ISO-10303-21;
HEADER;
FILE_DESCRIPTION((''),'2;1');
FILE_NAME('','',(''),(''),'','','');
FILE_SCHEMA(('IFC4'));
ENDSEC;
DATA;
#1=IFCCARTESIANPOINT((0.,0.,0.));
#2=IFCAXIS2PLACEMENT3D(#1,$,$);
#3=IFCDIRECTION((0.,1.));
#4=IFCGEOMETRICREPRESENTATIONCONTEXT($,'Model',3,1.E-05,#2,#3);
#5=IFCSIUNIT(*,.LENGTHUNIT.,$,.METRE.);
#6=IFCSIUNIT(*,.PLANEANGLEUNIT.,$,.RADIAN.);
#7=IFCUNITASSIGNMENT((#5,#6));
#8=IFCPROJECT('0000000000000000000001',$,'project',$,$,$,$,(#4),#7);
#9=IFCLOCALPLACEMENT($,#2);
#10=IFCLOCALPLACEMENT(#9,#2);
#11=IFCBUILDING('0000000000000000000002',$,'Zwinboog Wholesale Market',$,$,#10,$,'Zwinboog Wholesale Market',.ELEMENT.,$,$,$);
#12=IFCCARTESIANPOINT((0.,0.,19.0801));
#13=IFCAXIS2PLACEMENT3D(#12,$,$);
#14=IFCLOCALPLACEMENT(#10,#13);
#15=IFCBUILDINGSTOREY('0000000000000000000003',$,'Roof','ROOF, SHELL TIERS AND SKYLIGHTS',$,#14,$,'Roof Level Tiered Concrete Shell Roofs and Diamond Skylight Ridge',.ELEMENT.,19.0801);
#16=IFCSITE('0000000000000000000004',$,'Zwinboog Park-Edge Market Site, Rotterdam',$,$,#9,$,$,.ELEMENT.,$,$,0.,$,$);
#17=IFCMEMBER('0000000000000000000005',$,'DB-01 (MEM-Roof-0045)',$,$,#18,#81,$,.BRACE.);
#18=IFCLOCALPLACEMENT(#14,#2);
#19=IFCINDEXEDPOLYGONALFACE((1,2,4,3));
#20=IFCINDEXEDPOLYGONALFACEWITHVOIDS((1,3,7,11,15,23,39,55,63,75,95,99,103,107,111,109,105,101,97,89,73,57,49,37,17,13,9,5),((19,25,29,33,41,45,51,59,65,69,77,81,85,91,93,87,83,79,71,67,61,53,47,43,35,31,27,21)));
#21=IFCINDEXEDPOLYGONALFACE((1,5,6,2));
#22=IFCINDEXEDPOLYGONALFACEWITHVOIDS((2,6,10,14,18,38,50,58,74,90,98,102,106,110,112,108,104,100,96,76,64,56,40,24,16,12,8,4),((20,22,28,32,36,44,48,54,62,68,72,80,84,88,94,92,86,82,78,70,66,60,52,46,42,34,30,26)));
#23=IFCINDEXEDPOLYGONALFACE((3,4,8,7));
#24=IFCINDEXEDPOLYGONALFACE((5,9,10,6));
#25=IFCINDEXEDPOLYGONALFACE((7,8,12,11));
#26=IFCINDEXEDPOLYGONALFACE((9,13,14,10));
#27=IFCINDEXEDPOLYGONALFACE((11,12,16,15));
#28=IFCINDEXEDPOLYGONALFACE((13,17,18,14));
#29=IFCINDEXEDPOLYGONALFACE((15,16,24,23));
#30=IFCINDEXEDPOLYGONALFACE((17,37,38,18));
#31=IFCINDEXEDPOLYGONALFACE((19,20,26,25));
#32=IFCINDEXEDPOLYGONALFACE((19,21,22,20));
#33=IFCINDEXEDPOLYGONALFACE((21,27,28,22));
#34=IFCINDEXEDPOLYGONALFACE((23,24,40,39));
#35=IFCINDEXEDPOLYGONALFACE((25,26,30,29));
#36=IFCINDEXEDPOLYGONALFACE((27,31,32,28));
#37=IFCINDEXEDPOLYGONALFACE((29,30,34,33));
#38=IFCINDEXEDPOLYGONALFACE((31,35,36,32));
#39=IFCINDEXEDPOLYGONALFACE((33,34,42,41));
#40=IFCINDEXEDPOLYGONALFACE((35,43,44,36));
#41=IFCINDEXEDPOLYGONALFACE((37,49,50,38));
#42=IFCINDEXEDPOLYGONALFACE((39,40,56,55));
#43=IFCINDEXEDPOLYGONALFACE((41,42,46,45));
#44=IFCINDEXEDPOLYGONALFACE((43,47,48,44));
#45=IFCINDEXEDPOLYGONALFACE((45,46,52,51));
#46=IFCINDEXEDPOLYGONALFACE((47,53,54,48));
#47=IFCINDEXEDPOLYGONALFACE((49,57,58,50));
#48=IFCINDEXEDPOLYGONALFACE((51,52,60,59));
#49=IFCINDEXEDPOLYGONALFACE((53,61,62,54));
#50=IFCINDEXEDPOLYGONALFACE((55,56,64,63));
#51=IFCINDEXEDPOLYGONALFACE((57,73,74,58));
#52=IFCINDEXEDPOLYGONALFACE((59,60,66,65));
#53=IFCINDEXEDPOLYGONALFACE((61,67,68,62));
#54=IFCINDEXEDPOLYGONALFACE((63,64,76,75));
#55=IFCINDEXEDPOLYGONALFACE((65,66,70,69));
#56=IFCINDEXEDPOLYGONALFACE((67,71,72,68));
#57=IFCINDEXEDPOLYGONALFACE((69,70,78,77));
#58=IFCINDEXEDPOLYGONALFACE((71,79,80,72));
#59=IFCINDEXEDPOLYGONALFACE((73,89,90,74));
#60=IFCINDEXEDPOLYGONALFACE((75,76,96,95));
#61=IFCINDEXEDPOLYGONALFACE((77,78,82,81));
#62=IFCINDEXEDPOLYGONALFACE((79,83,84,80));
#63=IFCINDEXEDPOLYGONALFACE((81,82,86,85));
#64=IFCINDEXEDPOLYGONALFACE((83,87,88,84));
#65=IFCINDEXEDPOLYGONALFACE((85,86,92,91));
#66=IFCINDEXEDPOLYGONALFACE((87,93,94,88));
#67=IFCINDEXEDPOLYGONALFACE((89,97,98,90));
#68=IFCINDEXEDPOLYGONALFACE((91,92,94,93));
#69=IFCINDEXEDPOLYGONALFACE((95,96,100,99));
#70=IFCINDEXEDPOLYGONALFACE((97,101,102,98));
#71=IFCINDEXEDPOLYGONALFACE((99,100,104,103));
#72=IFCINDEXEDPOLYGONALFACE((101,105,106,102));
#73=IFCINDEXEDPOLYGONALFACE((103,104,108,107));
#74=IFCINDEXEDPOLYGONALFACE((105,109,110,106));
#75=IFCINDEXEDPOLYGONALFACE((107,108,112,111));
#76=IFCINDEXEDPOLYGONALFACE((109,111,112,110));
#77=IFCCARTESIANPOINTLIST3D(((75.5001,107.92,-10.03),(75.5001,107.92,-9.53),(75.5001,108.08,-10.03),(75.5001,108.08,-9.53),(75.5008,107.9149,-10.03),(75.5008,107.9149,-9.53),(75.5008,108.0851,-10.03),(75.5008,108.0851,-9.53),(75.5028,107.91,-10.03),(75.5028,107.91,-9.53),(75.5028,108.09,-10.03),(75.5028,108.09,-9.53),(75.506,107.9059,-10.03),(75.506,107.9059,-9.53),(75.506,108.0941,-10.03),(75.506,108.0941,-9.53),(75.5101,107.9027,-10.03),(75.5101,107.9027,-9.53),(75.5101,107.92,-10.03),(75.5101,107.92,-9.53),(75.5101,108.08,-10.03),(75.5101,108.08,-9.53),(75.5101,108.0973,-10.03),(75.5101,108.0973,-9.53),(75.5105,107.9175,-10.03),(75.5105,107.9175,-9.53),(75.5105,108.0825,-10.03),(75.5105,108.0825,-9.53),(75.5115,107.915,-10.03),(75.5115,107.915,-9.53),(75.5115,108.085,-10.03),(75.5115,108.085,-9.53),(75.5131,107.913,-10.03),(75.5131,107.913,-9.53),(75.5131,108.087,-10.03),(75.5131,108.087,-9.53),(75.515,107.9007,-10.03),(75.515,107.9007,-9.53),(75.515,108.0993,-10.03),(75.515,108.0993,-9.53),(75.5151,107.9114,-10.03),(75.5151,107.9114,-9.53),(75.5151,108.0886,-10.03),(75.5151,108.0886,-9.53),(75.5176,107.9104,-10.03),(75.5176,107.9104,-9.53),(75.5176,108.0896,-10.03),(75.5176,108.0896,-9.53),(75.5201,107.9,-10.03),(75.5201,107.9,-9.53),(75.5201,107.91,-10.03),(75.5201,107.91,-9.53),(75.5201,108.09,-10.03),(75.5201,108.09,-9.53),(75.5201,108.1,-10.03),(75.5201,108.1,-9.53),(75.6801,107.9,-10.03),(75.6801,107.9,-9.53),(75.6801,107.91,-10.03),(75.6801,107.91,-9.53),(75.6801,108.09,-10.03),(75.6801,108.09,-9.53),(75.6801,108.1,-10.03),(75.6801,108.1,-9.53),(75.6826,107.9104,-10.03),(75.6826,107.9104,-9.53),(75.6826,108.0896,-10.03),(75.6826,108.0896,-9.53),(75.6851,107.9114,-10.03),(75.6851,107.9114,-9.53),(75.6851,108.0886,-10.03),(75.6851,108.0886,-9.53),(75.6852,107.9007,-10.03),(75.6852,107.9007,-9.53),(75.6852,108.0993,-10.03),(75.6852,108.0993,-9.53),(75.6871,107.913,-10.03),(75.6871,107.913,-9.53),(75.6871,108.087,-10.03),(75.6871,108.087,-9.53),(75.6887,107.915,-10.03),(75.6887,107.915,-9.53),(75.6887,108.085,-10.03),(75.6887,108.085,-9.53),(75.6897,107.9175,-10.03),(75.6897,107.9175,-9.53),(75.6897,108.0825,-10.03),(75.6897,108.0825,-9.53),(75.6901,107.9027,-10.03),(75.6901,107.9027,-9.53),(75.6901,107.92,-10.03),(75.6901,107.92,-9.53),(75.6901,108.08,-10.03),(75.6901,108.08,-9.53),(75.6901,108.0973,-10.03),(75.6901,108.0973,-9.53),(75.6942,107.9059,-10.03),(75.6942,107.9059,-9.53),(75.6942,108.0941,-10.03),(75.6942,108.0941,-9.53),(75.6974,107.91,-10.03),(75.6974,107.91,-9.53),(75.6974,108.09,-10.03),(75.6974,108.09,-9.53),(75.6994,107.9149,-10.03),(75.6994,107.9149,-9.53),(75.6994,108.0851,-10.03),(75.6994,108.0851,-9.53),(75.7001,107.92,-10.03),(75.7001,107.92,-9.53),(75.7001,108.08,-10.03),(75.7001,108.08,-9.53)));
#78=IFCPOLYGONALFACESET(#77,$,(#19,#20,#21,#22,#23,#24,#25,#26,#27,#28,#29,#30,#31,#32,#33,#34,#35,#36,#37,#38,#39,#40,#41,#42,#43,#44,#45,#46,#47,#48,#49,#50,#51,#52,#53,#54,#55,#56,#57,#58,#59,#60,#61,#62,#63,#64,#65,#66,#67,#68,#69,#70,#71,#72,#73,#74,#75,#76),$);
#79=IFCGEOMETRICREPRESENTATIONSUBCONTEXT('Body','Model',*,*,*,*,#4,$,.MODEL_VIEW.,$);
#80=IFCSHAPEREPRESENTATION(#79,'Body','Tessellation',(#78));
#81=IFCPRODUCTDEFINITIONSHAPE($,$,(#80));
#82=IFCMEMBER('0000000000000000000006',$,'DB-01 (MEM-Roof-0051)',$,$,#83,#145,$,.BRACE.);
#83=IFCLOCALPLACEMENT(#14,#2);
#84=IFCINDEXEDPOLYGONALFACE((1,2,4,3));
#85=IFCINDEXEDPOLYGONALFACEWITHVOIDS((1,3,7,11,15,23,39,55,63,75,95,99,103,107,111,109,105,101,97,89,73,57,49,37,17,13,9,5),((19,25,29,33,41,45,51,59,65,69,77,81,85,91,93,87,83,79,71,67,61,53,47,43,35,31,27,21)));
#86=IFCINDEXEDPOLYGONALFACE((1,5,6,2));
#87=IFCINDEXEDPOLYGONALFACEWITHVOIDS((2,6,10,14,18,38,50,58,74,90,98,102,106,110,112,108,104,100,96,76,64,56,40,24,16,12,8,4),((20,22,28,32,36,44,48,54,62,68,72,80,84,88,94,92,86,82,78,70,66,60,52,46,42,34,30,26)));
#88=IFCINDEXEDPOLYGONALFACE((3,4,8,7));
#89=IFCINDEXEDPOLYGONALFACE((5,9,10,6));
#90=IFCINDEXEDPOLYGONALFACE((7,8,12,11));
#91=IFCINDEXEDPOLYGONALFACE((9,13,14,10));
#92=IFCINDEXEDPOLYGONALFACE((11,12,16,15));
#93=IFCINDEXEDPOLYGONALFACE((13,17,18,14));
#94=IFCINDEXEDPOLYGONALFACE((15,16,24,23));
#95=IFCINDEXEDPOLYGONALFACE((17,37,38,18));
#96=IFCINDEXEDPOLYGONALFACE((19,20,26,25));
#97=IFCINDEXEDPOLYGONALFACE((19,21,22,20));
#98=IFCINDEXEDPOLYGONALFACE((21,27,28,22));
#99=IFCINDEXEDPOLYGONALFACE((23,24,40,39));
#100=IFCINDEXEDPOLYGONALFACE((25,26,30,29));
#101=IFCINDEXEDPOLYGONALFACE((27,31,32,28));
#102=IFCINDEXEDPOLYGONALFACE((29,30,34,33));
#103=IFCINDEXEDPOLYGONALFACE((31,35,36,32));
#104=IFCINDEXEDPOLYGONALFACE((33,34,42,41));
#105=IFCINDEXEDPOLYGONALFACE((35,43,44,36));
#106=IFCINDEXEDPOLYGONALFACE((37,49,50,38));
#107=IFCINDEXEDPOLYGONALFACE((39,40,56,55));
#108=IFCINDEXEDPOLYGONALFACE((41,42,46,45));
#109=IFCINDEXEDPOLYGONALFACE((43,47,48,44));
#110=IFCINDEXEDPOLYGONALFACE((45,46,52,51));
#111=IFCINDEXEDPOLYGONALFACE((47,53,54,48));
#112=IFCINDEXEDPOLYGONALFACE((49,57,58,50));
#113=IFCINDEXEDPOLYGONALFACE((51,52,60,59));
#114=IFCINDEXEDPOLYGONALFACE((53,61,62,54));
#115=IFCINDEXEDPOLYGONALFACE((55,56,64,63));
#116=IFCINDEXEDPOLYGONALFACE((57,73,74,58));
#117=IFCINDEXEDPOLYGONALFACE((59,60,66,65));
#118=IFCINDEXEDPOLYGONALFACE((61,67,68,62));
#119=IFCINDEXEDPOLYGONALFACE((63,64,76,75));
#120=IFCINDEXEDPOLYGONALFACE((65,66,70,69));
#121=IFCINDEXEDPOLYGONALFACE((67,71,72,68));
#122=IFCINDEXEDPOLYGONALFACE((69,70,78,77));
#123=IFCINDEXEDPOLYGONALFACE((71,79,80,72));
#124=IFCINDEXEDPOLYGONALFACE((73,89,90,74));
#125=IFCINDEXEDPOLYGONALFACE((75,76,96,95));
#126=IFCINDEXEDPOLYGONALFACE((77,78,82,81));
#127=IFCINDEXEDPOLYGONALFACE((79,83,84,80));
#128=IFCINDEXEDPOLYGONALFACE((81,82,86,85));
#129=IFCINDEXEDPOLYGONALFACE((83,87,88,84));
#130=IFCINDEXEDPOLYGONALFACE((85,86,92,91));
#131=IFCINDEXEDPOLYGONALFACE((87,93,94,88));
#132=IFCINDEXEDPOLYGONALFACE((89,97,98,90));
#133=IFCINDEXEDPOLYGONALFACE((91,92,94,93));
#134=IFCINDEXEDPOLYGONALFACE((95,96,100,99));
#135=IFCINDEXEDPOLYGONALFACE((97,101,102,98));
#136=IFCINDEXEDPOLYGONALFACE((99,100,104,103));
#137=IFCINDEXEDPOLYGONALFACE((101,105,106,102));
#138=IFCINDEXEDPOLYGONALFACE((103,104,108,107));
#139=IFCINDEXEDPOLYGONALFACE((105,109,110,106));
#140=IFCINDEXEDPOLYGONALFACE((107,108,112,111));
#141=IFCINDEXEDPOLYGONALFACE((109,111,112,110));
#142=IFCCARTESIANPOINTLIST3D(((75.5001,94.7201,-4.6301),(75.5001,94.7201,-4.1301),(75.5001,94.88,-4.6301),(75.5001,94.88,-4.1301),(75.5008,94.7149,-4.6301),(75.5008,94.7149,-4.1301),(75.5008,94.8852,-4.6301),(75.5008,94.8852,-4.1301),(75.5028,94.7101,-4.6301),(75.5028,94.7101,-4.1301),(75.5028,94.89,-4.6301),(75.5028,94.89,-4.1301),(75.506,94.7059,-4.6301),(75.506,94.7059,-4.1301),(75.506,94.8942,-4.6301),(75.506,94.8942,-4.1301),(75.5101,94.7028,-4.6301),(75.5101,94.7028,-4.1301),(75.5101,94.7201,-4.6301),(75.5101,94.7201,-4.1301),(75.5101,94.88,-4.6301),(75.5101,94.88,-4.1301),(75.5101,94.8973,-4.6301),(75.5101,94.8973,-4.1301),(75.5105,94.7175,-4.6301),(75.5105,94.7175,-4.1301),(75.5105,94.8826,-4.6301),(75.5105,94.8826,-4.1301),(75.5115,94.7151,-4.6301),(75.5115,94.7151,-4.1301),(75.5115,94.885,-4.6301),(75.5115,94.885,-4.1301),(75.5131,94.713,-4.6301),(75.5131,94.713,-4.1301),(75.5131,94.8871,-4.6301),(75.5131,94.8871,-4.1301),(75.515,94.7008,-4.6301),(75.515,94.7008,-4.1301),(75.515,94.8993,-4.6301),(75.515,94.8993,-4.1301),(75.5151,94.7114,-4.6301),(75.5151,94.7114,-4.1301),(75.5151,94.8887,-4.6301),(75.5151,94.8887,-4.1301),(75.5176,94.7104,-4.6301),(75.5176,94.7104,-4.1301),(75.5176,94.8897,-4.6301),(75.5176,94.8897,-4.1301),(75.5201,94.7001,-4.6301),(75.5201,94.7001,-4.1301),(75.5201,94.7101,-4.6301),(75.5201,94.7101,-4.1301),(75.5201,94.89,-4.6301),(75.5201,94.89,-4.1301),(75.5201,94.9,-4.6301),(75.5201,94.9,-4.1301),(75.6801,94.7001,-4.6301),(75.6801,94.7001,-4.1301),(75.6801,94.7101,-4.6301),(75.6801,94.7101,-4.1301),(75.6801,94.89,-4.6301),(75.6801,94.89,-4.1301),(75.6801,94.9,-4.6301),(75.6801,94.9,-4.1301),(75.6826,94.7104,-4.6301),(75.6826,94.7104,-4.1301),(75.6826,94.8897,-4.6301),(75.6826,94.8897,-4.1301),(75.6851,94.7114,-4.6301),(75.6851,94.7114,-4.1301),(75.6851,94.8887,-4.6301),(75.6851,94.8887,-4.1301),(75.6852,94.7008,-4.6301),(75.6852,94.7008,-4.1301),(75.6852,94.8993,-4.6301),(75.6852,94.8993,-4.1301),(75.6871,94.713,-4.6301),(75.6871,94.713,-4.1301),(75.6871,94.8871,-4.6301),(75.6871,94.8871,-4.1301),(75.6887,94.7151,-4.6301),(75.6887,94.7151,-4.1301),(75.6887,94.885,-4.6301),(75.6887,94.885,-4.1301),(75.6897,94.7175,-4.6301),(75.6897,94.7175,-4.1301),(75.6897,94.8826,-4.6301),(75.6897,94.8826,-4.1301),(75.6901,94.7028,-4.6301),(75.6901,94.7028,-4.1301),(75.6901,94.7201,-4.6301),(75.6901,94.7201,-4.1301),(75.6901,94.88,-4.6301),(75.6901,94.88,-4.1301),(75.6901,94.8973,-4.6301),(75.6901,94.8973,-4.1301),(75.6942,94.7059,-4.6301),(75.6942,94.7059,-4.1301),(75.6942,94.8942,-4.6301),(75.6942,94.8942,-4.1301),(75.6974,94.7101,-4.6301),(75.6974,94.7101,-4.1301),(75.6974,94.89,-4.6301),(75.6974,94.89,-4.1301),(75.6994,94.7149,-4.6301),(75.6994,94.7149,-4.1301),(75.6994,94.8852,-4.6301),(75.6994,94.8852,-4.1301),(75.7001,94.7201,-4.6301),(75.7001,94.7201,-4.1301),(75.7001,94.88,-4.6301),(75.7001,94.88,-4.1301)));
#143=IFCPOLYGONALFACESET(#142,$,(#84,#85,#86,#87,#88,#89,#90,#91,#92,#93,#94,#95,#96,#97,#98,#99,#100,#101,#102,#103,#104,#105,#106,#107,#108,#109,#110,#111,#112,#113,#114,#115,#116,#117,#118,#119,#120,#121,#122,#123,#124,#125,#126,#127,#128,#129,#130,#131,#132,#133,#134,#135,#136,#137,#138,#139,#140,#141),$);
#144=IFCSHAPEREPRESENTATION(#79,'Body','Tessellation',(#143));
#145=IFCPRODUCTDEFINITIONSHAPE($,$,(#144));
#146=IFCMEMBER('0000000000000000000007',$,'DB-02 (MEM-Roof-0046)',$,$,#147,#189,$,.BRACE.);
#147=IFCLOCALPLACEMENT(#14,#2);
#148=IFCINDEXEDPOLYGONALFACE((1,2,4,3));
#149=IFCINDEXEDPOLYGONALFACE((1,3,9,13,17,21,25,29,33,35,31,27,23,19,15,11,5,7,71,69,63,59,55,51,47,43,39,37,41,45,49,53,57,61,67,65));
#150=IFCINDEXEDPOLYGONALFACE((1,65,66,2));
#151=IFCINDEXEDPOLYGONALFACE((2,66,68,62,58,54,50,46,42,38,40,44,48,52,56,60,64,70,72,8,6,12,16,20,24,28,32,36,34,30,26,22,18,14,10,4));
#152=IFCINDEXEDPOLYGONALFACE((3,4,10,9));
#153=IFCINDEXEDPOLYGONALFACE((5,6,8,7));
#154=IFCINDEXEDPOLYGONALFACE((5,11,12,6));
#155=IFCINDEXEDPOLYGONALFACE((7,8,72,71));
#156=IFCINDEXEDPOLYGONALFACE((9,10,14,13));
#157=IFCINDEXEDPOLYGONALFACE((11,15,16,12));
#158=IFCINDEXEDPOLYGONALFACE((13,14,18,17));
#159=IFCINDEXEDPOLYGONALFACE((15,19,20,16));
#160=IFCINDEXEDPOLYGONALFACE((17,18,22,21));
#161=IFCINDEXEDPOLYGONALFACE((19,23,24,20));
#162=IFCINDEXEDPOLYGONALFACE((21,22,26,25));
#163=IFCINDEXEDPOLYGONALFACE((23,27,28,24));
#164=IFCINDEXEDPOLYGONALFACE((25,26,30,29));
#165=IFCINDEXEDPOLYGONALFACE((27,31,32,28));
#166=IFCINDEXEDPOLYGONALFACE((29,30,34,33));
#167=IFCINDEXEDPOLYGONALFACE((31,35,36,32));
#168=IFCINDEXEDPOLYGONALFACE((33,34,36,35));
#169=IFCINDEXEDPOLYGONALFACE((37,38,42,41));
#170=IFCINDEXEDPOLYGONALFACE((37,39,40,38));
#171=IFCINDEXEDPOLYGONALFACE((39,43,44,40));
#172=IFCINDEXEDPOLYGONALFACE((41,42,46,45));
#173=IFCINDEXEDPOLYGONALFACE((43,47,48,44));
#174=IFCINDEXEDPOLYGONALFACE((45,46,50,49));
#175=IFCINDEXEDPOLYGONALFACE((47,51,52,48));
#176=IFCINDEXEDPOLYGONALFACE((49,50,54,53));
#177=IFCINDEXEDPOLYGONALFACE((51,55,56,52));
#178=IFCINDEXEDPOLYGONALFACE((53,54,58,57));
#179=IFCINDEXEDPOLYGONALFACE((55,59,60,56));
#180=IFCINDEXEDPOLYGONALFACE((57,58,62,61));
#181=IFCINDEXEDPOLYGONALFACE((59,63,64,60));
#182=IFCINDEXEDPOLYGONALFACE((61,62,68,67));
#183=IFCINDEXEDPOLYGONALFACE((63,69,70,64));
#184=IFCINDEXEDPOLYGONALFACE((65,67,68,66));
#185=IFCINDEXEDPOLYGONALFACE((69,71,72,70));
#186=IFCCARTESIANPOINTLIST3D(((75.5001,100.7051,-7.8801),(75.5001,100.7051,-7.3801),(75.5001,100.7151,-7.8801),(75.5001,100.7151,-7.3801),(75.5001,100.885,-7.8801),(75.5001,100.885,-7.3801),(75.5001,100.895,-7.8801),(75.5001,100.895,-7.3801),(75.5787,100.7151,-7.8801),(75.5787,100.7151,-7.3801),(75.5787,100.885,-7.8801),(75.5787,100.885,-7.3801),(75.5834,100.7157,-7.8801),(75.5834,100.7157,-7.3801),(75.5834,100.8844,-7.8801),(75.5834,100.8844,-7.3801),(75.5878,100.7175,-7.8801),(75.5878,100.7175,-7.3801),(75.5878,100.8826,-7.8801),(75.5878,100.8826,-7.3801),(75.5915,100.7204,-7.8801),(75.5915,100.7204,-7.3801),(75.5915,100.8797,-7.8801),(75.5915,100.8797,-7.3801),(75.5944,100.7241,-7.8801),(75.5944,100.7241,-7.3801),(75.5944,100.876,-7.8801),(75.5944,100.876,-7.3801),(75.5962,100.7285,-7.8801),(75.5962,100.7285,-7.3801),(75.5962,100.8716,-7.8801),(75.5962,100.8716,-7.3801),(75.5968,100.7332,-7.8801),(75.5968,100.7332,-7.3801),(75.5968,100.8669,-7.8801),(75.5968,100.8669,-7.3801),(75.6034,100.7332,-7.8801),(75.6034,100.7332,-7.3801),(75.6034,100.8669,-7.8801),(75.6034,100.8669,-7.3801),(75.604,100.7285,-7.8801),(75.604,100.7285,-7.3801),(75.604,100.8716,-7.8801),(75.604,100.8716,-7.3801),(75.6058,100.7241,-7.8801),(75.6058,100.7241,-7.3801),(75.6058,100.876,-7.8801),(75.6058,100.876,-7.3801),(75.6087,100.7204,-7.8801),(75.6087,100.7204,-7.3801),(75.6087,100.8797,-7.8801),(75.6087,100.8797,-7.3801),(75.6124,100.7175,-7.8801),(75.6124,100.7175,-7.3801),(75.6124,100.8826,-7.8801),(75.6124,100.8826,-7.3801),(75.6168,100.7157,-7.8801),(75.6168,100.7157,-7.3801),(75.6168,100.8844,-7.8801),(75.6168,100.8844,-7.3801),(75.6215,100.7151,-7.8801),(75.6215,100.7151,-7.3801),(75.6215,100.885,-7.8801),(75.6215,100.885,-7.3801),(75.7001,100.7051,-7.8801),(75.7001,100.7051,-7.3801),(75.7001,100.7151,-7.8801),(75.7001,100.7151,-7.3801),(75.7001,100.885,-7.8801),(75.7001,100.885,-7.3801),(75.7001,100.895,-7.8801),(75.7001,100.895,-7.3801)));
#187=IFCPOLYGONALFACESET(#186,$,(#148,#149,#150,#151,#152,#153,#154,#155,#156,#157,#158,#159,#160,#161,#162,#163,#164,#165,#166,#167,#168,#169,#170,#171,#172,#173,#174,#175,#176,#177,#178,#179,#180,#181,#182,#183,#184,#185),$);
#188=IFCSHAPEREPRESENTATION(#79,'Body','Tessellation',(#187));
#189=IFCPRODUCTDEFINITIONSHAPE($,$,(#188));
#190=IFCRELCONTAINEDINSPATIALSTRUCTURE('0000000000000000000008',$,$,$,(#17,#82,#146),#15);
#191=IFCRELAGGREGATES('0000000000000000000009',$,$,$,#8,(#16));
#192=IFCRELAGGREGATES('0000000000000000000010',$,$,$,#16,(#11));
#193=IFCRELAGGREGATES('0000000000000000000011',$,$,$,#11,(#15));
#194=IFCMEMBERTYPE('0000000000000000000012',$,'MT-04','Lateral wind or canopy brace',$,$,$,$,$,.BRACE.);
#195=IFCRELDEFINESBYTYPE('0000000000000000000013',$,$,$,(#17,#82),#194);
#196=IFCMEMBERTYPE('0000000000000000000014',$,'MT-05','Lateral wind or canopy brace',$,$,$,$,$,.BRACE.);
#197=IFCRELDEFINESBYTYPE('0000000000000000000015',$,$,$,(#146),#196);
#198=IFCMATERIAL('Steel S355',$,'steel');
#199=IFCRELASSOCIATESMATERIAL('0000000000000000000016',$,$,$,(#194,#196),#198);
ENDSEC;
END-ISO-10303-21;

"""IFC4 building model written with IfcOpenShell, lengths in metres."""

from ifc_helpers import new_model, si_unit, direction, frame, origin, origin_2d, place, context, subcontext, project, spatial, hollow_rectangle, i_section, extrude, material, material_profile, profile_set, type_object, element, save


model = new_model("IFC4")

# Units and contexts
model_context = context("Model", 3, precision=1e-05, world=origin(), true_north=direction((0.0, 1.0)))
body_context = subcontext(model_context, "Body", "Model", "MODEL_VIEW")
ifc_project = project(units=[si_unit("LENGTHUNIT", "METRE"), si_unit("PLANEANGLEUNIT", "RADIAN")], contexts=[model_context])

# Site, building, storey
site_placement = place(None, origin())
site = spatial("IfcSite", under=ifc_project, at=site_placement, Name="Zwinboog Park-Edge Market Site, Rotterdam", CompositionType="ELEMENT", RefElevation=0.0)
building_placement = place(site_placement, origin())
building = spatial("IfcBuilding", under=site, at=building_placement, Name="Zwinboog Wholesale Market", LongName="Zwinboog Wholesale Market", CompositionType="ELEMENT")
storey_placement = place(building_placement, frame((0.0, 0.0, 19.0801)))
storey = spatial("IfcBuildingStorey", under=building, at=storey_placement, Name="Roof", Description="ROOF, SHELL TIERS AND SKYLIGHTS", LongName="Roof Level Tiered Concrete Shell Roofs and Diamond Skylight Ridge", CompositionType="ELEMENT", Elevation=19.0801)

# Members
ifc_material_1 = material(Name="Steel S355", Category="steel")
ifc_material_profile_1 = material_profile(ifc_material_1, hollow_rectangle(XDim=0.2, YDim=0.2, WallThickness=0.01, InnerFilletRadius=0.01, OuterFilletRadius=0.02, at=origin_2d()), Name="SHS 200x200x10")
ifc_profile_set_1 = profile_set([ifc_material_profile_1], Name="Steel S355")
member_type_1 = type_object("IfcMemberType", Name="MT-04", Description="Lateral wind or canopy brace", PredefinedType="BRACE", material=ifc_profile_set_1)
for number, where, z_axis, x_axis, name in (
    (1, (75.6001, 108.0, -10.03), (0.0, 0.0, 1.0), (1.0, 0.0, 0.0), "DB-01 (MEM-Roof-0045)"),
    (2, (75.6001, 94.8, -4.6301), (0.0, 0.0, 1.0), (1.0, 0.0, 0.0), "DB-01 (MEM-Roof-0051)"),
):
    element("IfcMember", number, at=place(storey_placement, frame(where, z_axis=z_axis, x_axis=x_axis)), inside=storey, type_object=member_type_1, Name=name, PredefinedType="BRACE", context=body_context, shape_type="SweptSolid", body=[
        extrude(hollow_rectangle(XDim=0.2, YDim=0.2, WallThickness=0.01, InnerFilletRadius=0.01, OuterFilletRadius=0.02, at=origin_2d()), origin(), (0.0, 0.0, 1.0), 0.5),
    ])
ifc_material_profile_2 = material_profile(ifc_material_1, i_section(OverallWidth=0.2, OverallDepth=0.1899, WebThickness=0.0066, FlangeThickness=0.01, FilletRadius=0.0181, at=origin_2d()), Name="HEA 200")
ifc_profile_set_2 = profile_set([ifc_material_profile_2], Name="Steel S355")
member_type_2 = type_object("IfcMemberType", Name="MT-05", Description="Lateral wind or canopy brace", PredefinedType="BRACE", material=ifc_profile_set_2)
for number, where, z_axis, x_axis, name in (
    (3, (75.6001, 100.8, -7.8801), (0.0, 0.0, 1.0), (1.0, 0.0, 0.0), "DB-02 (MEM-Roof-0046)"),
):
    element("IfcMember", number, at=place(storey_placement, frame(where, z_axis=z_axis, x_axis=x_axis)), inside=storey, type_object=member_type_2, Name=name, PredefinedType="BRACE", context=body_context, shape_type="SweptSolid", body=[
        extrude(i_section(OverallWidth=0.2, OverallDepth=0.1899, WebThickness=0.0066, FlangeThickness=0.01, FilletRadius=0.0181, at=origin_2d()), origin(), (0.0, 0.0, 1.0), 0.5),
    ])

save(model, "model.ifc")
